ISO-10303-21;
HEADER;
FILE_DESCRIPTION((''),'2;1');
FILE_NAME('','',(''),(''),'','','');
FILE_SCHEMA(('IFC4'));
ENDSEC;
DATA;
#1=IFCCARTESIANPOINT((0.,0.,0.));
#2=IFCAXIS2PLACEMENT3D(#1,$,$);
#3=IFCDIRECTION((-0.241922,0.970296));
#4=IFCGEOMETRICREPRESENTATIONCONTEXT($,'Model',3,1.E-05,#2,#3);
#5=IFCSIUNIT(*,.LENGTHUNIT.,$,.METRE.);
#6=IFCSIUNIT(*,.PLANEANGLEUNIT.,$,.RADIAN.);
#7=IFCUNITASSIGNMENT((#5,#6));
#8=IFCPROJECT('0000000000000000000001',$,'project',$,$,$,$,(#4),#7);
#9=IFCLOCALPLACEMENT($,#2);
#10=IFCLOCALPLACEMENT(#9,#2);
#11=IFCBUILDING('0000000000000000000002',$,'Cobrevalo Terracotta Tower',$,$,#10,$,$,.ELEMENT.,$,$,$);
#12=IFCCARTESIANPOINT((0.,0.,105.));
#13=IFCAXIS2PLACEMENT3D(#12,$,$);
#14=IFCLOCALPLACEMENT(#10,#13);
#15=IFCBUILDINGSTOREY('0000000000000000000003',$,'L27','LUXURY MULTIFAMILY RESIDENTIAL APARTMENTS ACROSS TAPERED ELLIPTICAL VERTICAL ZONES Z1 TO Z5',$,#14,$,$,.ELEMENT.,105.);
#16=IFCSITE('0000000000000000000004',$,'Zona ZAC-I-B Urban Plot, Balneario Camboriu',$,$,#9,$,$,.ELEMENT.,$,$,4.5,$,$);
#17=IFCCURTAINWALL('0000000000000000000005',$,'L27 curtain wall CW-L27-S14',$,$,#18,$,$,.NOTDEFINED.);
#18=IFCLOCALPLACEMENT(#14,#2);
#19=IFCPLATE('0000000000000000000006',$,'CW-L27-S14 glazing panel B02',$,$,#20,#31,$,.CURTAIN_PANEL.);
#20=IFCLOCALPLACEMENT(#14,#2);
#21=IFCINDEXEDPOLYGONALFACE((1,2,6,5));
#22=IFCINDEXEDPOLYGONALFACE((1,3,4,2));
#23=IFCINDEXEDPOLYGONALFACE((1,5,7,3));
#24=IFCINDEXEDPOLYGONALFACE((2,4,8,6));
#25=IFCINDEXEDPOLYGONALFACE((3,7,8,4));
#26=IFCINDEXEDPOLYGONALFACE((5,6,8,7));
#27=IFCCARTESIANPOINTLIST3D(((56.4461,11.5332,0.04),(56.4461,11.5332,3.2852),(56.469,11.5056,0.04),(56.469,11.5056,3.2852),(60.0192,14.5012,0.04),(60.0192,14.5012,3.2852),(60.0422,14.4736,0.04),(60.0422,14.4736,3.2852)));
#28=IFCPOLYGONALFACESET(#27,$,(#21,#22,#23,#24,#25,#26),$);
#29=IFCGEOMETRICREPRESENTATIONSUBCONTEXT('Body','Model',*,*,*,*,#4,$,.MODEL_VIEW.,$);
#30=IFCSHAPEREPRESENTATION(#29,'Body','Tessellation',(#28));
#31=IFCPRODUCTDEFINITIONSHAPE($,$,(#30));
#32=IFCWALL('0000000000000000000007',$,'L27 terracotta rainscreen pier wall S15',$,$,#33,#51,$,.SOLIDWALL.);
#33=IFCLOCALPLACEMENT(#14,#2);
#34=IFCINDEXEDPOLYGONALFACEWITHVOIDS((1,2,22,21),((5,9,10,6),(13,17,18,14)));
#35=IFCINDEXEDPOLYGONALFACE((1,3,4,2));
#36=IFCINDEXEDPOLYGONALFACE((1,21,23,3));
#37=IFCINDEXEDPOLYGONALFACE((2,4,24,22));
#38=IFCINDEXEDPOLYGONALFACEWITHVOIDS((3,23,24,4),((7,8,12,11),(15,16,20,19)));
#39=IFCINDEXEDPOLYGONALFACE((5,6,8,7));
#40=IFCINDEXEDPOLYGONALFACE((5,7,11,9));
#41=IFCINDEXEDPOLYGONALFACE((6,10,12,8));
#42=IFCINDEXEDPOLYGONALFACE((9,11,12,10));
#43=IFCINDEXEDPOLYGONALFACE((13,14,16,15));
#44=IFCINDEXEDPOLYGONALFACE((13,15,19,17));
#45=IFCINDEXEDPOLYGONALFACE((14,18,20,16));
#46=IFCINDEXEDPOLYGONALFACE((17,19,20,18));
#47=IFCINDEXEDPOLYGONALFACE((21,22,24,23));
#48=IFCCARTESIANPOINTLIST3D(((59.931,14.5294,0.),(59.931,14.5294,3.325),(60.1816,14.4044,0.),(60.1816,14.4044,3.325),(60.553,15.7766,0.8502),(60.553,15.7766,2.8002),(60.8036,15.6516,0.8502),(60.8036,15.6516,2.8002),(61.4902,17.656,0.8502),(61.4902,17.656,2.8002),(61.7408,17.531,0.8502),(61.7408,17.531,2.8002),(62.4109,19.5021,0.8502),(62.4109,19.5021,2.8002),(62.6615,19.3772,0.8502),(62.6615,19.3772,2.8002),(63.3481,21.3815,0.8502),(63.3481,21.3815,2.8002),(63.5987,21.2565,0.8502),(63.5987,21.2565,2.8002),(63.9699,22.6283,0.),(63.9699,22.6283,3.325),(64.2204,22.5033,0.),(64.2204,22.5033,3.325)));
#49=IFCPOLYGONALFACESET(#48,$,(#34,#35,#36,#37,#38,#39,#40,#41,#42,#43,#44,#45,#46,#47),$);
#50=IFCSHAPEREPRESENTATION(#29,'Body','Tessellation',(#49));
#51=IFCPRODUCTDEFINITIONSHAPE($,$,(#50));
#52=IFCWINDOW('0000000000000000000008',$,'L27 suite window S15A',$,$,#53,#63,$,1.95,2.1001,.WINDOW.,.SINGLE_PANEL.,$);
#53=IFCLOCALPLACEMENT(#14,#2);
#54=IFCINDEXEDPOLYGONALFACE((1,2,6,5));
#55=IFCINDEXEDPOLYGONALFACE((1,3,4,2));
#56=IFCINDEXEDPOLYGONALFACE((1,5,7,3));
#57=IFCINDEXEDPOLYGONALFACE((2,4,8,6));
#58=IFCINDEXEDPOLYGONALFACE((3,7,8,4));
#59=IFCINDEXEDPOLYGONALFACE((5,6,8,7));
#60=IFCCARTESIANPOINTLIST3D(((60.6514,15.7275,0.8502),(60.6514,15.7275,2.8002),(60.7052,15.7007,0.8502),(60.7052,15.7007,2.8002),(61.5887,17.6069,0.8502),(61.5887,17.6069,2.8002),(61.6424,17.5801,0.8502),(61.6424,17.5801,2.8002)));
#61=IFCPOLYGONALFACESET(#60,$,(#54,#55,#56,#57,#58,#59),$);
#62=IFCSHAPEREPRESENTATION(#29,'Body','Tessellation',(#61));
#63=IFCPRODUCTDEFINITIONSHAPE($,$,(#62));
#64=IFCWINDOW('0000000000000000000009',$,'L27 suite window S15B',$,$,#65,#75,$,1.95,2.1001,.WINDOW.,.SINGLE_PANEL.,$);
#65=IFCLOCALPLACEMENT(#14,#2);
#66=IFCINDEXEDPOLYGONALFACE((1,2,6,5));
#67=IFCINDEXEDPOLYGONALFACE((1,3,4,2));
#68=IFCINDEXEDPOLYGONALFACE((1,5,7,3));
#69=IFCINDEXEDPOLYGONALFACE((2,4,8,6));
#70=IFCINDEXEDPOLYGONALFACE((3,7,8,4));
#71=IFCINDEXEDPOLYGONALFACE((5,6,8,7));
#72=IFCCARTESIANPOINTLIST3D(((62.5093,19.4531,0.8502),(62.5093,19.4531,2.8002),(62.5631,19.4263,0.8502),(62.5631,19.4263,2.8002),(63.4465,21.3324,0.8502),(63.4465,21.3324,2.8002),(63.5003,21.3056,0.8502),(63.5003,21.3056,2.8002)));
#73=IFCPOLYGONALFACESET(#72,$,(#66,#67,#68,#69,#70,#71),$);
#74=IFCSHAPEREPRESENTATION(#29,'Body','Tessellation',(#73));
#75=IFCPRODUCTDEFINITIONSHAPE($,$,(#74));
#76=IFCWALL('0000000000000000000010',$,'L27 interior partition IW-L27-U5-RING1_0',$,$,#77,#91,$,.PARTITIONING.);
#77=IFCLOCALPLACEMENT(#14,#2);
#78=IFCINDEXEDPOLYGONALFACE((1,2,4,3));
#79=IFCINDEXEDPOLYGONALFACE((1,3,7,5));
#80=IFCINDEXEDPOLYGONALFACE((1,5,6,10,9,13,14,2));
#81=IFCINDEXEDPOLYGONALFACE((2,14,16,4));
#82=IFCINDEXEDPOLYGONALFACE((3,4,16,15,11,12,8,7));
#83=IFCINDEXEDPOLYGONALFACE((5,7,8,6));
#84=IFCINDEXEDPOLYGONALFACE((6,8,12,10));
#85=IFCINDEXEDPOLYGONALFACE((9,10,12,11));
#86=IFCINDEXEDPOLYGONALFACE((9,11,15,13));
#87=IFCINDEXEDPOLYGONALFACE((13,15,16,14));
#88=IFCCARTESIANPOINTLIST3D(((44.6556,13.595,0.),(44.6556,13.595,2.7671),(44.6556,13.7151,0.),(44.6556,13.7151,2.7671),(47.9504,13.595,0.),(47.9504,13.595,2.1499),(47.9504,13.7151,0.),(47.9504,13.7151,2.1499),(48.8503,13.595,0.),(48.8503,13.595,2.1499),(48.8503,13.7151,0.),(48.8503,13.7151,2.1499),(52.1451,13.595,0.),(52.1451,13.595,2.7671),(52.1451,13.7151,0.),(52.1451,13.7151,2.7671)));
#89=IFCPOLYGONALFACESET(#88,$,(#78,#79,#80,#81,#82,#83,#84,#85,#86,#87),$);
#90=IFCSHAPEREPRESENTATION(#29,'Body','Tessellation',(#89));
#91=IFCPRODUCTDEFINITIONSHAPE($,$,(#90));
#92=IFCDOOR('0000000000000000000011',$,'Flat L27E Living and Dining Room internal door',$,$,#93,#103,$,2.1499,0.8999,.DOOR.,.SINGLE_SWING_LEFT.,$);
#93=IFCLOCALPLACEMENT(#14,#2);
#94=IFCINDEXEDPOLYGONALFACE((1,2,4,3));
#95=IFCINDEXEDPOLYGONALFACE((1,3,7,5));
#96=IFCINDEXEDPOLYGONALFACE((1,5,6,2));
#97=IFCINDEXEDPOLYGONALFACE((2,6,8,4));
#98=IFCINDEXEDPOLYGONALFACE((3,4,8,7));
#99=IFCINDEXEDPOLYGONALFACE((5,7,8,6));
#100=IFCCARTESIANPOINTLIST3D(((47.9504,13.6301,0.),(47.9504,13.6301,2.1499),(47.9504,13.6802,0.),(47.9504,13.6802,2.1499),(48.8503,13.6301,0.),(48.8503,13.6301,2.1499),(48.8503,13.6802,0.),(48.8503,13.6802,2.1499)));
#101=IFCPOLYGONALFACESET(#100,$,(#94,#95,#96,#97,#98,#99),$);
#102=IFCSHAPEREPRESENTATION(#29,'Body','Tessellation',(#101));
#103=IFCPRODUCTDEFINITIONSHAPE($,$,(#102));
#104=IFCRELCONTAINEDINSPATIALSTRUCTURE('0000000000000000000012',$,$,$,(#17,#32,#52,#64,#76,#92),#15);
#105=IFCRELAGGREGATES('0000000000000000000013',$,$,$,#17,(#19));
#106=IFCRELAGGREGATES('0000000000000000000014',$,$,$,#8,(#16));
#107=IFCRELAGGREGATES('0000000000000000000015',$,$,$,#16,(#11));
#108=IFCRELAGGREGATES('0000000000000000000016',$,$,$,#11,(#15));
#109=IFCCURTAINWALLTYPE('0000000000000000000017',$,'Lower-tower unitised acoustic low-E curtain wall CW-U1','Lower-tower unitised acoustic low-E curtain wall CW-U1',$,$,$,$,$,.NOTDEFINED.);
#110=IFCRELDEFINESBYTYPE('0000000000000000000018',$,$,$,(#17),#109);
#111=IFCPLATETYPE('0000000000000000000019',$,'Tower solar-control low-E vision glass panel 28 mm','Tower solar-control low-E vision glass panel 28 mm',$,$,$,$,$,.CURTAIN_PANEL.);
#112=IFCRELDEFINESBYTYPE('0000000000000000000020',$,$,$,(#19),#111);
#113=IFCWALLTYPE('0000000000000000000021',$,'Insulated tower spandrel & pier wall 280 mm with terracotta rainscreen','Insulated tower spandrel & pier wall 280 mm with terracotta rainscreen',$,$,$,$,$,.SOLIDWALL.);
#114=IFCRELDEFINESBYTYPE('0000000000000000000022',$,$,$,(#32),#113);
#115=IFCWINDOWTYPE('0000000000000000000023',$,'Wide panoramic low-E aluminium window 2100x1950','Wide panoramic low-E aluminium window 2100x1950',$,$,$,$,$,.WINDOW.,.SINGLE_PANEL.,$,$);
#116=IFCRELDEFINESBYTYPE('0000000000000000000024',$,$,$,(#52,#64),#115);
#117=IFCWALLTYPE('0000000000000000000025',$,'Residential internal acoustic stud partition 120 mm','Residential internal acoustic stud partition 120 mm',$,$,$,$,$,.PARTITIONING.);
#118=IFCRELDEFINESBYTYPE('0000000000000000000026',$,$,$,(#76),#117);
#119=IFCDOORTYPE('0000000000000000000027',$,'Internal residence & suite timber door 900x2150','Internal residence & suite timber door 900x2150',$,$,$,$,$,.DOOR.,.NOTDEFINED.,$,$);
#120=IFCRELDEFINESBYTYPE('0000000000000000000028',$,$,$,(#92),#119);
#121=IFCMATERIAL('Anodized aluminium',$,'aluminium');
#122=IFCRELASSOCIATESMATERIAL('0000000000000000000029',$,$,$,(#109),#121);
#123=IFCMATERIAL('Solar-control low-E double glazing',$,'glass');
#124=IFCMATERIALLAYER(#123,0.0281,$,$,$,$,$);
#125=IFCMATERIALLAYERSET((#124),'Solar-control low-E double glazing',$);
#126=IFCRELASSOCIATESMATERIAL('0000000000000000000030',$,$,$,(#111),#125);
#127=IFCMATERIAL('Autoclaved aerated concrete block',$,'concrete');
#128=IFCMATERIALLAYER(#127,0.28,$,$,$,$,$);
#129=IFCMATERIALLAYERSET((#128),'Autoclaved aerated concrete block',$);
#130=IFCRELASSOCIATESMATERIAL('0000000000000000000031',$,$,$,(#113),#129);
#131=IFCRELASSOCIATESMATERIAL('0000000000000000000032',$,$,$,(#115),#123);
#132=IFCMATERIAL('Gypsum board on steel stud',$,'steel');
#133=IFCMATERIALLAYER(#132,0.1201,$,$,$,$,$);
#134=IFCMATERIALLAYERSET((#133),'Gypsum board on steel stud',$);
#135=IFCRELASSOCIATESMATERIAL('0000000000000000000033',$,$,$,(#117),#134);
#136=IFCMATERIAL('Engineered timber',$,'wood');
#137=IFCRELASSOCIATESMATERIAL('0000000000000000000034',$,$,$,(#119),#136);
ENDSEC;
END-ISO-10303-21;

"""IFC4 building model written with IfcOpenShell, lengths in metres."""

from ifc_helpers import new_model, si_unit, direction, frame, frame_2d, origin, origin_2d, place, context, subcontext, project, spatial, rectangle, extrude, source, transform, mapped, material, layer, layer_set, type_object, element, fill, aggregate, save


model = new_model("IFC4")

# Units and contexts
model_context = context("Model", 3, precision=1e-05, world=origin(), true_north=direction((-0.241922, 0.970296)))
body_context = subcontext(model_context, "Body", "Model", "MODEL_VIEW")
ifc_project = project(units=[si_unit("LENGTHUNIT", "METRE"), si_unit("PLANEANGLEUNIT", "RADIAN")], contexts=[model_context])

# Site, building, storey
site_placement = place(None, origin())
site = spatial("IfcSite", under=ifc_project, at=site_placement, Name="Zona ZAC-I-B Urban Plot, Balneario Camboriu", CompositionType="ELEMENT", RefElevation=4.5)
building_placement = place(site_placement, origin())
building = spatial("IfcBuilding", under=site, at=building_placement, Name="Cobrevalo Terracotta Tower", CompositionType="ELEMENT")
storey_placement = place(building_placement, frame((0.0, 0.0, 105.0)))
storey = spatial("IfcBuildingStorey", under=building, at=storey_placement, Name="L27", Description="LUXURY MULTIFAMILY RESIDENTIAL APARTMENTS ACROSS TAPERED ELLIPTICAL VERTICAL ZONES Z1 TO Z5", CompositionType="ELEMENT", Elevation=105.0)

# Curtain wall
ifc_material_1 = material(Name="Anodized aluminium", Category="aluminium")
curtain_wall_type = type_object("IfcCurtainWallType", Name="Lower-tower unitised acoustic low-E curtain wall CW-U1", Description="Lower-tower unitised acoustic low-E curtain wall CW-U1", PredefinedType="NOTDEFINED", material=ifc_material_1)
curtain_wall_1_placement = place(storey_placement, origin())
curtain_wall_1 = element("IfcCurtainWall", 1, at=curtain_wall_1_placement, inside=storey, type_object=curtain_wall_type, Name="L27 curtain wall CW-L27-S14", PredefinedType="NOTDEFINED")

# Plate
ifc_material_2 = material(Name="Solar-control low-E double glazing", Category="glass")
ifc_layer_1 = layer(ifc_material_2, 0.0281)
ifc_layer_set_1 = layer_set([ifc_layer_1], Name="Solar-control low-E double glazing")
plate_type = type_object("IfcPlateType", Name="Tower solar-control low-E vision glass panel 28 mm", Description="Tower solar-control low-E vision glass panel 28 mm", PredefinedType="CURTAIN_PANEL", material=ifc_layer_set_1)
shared_shape_1 = source(origin(), body_context, "Body", "SweptSolid", [
    extrude(rectangle(XDim=4.645, YDim=0.0359, at=origin_2d()), origin(), (0.0, 0.0, 1.0), 3.2451),
])
plate_1_placement = place(storey_placement, frame((58.2441, 13.0034, 0.04), z_axis=(0.0, 0.0, 1.0), x_axis=(0.769241, 0.638958, 0.0)))
plate_1 = element("IfcPlate", 2, at=plate_1_placement, type_object=plate_type, Name="CW-L27-S14 glazing panel B02", PredefinedType="CURTAIN_PANEL", context=body_context, shape_type="MappedRepresentation", body=[
    mapped(shared_shape_1, transform((0.0, 0.0, 0.0), scale=1.0)),
])
aggregate(curtain_wall_1, [plate_1])

# Wall, openings, windows
ifc_material_3 = material(Name="Autoclaved aerated concrete block", Category="concrete")
ifc_layer_2 = layer(ifc_material_3, 0.28)
ifc_layer_set_2 = layer_set([ifc_layer_2], Name="Autoclaved aerated concrete block")
wall_type_1 = type_object("IfcWallType", Name="Insulated tower spandrel & pier wall 280 mm with terracotta rainscreen", Description="Insulated tower spandrel & pier wall 280 mm with terracotta rainscreen", PredefinedType="SOLIDWALL", material=ifc_layer_set_2)
wall_1_placement = place(storey_placement, frame((60.0564, 14.467, 0.0), z_axis=(0.0, 0.0, 1.0), x_axis=(0.446275, 0.894896, 0.0)))
wall_1 = element("IfcWall", 3, at=wall_1_placement, inside=storey, type_object=wall_type_1, Name="L27 terracotta rainscreen pier wall S15", PredefinedType="SOLIDWALL", context=body_context, shape_type="SweptSolid", body=[
    extrude(rectangle(XDim=9.05, YDim=0.28, at=frame_2d((4.5249, 0.0))), origin(), (0.0, 0.0, 1.0), 3.325),
])
opening_1_placement = place(wall_1_placement, frame((1.3936, 0.0, 0.8501)))
opening_1 = element("IfcOpeningElement", 4, at=opening_1_placement, cuts=wall_1, PredefinedType="OPENING", context=body_context, shape_type="SweptSolid", body=[
    extrude(rectangle(XDim=2.1001, YDim=1.95, at=frame_2d((1.05, 0.9751))), frame((0.0, 0.1499, 0.0), z_axis=(0.0, -1.0, 0.0), x_axis=(1.0, 0.0, 0.0)), (0.0, 0.0, 1.0), 0.3),
])
opening_2_placement = place(wall_1_placement, frame((5.5566, 0.0, 0.8501)))
opening_2 = element("IfcOpeningElement", 5, at=opening_2_placement, cuts=wall_1, PredefinedType="OPENING", context=body_context, shape_type="SweptSolid", body=[
    extrude(rectangle(XDim=2.1001, YDim=1.95, at=frame_2d((1.05, 0.9751))), frame((0.0, 0.1499, 0.0), z_axis=(0.0, -1.0, 0.0), x_axis=(1.0, 0.0, 0.0)), (0.0, 0.0, 1.0), 0.3),
])
window_type = type_object("IfcWindowType", Name="Wide panoramic low-E aluminium window 2100x1950", Description="Wide panoramic low-E aluminium window 2100x1950", PartitioningType="SINGLE_PANEL", PredefinedType="WINDOW", material=ifc_material_2)
shared_shape_2 = source(origin(), body_context, "Body", "SweptSolid", [
    extrude(rectangle(XDim=2.1001, YDim=1.95, at=frame_2d((1.05, 0.9751))), frame((0.0, 0.03, 0.0), z_axis=(0.0, -1.0, 0.0), x_axis=(1.0, 0.0, 0.0)), (0.0, 0.0, 1.0), 0.0601),
])
window_1_placement = place(opening_1_placement, origin())
window_1 = element("IfcWindow", 6, at=window_1_placement, inside=storey, type_object=window_type, Name="L27 suite window S15A", OverallHeight=1.95, OverallWidth=2.1001, PartitioningType="SINGLE_PANEL", PredefinedType="WINDOW", context=body_context, shape_type="MappedRepresentation", body=[
    mapped(shared_shape_2, transform((0.0, 0.0, 0.0), scale=1.0)),
])
fill(opening_1, window_1)
window_2_placement = place(opening_2_placement, origin())
window_2 = element("IfcWindow", 7, at=window_2_placement, inside=storey, type_object=window_type, Name="L27 suite window S15B", OverallHeight=1.95, OverallWidth=2.1001, PartitioningType="SINGLE_PANEL", PredefinedType="WINDOW", context=body_context, shape_type="MappedRepresentation", body=[
    mapped(shared_shape_2, transform((0.0, 0.0, 0.0), scale=1.0)),
])
fill(opening_2, window_2)

# Wall, opening, door
ifc_material_4 = material(Name="Gypsum board on steel stud", Category="steel")
ifc_layer_3 = layer(ifc_material_4, 0.1201)
ifc_layer_set_3 = layer_set([ifc_layer_3], Name="Gypsum board on steel stud")
wall_type_2 = type_object("IfcWallType", Name="Residential internal acoustic stud partition 120 mm", Description="Residential internal acoustic stud partition 120 mm", PredefinedType="PARTITIONING", material=ifc_layer_set_3)
wall_2_placement = place(storey_placement, frame((52.145, 13.655, 0.0), z_axis=(0.0, 0.0, 1.0), x_axis=(-1.0, 0.0, 0.0)))
wall_2 = element("IfcWall", 8, at=wall_2_placement, inside=storey, type_object=wall_type_2, Name="L27 interior partition IW-L27-U5-RING1_0", PredefinedType="PARTITIONING", context=body_context, shape_type="SweptSolid", body=[
    extrude(rectangle(XDim=7.4895, YDim=0.1201, at=frame_2d((3.7446, 0.0))), origin(), (0.0, 0.0, 1.0), 2.7671),
])
opening_3_placement = place(wall_2_placement, frame((3.2947, 0.0, 0.0)))
opening_3 = element("IfcOpeningElement", 9, at=opening_3_placement, cuts=wall_2, PredefinedType="OPENING", context=body_context, shape_type="SweptSolid", body=[
    extrude(rectangle(XDim=0.8999, YDim=2.1499, at=frame_2d((0.45, 1.075))), frame((0.0, 0.0701, 0.0), z_axis=(0.0, -1.0, 0.0), x_axis=(1.0, 0.0, 0.0)), (0.0, 0.0, 1.0), 0.1401),
])
ifc_material_5 = material(Name="Engineered timber", Category="wood")
door_type = type_object("IfcDoorType", Name="Internal residence & suite timber door 900x2150", Description="Internal residence & suite timber door 900x2150", OperationType="NOTDEFINED", PredefinedType="DOOR", material=ifc_material_5)
shared_shape_3 = source(origin(), body_context, "Body", "SweptSolid", [
    extrude(rectangle(XDim=0.8999, YDim=2.1499, at=frame_2d((0.45, 1.075))), frame((0.0, 0.0249, 0.0), z_axis=(0.0, -1.0, 0.0), x_axis=(1.0, 0.0, 0.0)), (0.0, 0.0, 1.0), 0.05),
])
door_placement = place(opening_3_placement, origin())
door = element("IfcDoor", 10, at=door_placement, inside=storey, type_object=door_type, Name="Flat L27E Living and Dining Room internal door", OperationType="SINGLE_SWING_LEFT", OverallHeight=2.1499, OverallWidth=0.8999, PredefinedType="DOOR", context=body_context, shape_type="MappedRepresentation", body=[
    mapped(shared_shape_3, transform((0.0, 0.0, 0.0), scale=1.0)),
])
fill(opening_3, door)

save(model, "model.ifc")
